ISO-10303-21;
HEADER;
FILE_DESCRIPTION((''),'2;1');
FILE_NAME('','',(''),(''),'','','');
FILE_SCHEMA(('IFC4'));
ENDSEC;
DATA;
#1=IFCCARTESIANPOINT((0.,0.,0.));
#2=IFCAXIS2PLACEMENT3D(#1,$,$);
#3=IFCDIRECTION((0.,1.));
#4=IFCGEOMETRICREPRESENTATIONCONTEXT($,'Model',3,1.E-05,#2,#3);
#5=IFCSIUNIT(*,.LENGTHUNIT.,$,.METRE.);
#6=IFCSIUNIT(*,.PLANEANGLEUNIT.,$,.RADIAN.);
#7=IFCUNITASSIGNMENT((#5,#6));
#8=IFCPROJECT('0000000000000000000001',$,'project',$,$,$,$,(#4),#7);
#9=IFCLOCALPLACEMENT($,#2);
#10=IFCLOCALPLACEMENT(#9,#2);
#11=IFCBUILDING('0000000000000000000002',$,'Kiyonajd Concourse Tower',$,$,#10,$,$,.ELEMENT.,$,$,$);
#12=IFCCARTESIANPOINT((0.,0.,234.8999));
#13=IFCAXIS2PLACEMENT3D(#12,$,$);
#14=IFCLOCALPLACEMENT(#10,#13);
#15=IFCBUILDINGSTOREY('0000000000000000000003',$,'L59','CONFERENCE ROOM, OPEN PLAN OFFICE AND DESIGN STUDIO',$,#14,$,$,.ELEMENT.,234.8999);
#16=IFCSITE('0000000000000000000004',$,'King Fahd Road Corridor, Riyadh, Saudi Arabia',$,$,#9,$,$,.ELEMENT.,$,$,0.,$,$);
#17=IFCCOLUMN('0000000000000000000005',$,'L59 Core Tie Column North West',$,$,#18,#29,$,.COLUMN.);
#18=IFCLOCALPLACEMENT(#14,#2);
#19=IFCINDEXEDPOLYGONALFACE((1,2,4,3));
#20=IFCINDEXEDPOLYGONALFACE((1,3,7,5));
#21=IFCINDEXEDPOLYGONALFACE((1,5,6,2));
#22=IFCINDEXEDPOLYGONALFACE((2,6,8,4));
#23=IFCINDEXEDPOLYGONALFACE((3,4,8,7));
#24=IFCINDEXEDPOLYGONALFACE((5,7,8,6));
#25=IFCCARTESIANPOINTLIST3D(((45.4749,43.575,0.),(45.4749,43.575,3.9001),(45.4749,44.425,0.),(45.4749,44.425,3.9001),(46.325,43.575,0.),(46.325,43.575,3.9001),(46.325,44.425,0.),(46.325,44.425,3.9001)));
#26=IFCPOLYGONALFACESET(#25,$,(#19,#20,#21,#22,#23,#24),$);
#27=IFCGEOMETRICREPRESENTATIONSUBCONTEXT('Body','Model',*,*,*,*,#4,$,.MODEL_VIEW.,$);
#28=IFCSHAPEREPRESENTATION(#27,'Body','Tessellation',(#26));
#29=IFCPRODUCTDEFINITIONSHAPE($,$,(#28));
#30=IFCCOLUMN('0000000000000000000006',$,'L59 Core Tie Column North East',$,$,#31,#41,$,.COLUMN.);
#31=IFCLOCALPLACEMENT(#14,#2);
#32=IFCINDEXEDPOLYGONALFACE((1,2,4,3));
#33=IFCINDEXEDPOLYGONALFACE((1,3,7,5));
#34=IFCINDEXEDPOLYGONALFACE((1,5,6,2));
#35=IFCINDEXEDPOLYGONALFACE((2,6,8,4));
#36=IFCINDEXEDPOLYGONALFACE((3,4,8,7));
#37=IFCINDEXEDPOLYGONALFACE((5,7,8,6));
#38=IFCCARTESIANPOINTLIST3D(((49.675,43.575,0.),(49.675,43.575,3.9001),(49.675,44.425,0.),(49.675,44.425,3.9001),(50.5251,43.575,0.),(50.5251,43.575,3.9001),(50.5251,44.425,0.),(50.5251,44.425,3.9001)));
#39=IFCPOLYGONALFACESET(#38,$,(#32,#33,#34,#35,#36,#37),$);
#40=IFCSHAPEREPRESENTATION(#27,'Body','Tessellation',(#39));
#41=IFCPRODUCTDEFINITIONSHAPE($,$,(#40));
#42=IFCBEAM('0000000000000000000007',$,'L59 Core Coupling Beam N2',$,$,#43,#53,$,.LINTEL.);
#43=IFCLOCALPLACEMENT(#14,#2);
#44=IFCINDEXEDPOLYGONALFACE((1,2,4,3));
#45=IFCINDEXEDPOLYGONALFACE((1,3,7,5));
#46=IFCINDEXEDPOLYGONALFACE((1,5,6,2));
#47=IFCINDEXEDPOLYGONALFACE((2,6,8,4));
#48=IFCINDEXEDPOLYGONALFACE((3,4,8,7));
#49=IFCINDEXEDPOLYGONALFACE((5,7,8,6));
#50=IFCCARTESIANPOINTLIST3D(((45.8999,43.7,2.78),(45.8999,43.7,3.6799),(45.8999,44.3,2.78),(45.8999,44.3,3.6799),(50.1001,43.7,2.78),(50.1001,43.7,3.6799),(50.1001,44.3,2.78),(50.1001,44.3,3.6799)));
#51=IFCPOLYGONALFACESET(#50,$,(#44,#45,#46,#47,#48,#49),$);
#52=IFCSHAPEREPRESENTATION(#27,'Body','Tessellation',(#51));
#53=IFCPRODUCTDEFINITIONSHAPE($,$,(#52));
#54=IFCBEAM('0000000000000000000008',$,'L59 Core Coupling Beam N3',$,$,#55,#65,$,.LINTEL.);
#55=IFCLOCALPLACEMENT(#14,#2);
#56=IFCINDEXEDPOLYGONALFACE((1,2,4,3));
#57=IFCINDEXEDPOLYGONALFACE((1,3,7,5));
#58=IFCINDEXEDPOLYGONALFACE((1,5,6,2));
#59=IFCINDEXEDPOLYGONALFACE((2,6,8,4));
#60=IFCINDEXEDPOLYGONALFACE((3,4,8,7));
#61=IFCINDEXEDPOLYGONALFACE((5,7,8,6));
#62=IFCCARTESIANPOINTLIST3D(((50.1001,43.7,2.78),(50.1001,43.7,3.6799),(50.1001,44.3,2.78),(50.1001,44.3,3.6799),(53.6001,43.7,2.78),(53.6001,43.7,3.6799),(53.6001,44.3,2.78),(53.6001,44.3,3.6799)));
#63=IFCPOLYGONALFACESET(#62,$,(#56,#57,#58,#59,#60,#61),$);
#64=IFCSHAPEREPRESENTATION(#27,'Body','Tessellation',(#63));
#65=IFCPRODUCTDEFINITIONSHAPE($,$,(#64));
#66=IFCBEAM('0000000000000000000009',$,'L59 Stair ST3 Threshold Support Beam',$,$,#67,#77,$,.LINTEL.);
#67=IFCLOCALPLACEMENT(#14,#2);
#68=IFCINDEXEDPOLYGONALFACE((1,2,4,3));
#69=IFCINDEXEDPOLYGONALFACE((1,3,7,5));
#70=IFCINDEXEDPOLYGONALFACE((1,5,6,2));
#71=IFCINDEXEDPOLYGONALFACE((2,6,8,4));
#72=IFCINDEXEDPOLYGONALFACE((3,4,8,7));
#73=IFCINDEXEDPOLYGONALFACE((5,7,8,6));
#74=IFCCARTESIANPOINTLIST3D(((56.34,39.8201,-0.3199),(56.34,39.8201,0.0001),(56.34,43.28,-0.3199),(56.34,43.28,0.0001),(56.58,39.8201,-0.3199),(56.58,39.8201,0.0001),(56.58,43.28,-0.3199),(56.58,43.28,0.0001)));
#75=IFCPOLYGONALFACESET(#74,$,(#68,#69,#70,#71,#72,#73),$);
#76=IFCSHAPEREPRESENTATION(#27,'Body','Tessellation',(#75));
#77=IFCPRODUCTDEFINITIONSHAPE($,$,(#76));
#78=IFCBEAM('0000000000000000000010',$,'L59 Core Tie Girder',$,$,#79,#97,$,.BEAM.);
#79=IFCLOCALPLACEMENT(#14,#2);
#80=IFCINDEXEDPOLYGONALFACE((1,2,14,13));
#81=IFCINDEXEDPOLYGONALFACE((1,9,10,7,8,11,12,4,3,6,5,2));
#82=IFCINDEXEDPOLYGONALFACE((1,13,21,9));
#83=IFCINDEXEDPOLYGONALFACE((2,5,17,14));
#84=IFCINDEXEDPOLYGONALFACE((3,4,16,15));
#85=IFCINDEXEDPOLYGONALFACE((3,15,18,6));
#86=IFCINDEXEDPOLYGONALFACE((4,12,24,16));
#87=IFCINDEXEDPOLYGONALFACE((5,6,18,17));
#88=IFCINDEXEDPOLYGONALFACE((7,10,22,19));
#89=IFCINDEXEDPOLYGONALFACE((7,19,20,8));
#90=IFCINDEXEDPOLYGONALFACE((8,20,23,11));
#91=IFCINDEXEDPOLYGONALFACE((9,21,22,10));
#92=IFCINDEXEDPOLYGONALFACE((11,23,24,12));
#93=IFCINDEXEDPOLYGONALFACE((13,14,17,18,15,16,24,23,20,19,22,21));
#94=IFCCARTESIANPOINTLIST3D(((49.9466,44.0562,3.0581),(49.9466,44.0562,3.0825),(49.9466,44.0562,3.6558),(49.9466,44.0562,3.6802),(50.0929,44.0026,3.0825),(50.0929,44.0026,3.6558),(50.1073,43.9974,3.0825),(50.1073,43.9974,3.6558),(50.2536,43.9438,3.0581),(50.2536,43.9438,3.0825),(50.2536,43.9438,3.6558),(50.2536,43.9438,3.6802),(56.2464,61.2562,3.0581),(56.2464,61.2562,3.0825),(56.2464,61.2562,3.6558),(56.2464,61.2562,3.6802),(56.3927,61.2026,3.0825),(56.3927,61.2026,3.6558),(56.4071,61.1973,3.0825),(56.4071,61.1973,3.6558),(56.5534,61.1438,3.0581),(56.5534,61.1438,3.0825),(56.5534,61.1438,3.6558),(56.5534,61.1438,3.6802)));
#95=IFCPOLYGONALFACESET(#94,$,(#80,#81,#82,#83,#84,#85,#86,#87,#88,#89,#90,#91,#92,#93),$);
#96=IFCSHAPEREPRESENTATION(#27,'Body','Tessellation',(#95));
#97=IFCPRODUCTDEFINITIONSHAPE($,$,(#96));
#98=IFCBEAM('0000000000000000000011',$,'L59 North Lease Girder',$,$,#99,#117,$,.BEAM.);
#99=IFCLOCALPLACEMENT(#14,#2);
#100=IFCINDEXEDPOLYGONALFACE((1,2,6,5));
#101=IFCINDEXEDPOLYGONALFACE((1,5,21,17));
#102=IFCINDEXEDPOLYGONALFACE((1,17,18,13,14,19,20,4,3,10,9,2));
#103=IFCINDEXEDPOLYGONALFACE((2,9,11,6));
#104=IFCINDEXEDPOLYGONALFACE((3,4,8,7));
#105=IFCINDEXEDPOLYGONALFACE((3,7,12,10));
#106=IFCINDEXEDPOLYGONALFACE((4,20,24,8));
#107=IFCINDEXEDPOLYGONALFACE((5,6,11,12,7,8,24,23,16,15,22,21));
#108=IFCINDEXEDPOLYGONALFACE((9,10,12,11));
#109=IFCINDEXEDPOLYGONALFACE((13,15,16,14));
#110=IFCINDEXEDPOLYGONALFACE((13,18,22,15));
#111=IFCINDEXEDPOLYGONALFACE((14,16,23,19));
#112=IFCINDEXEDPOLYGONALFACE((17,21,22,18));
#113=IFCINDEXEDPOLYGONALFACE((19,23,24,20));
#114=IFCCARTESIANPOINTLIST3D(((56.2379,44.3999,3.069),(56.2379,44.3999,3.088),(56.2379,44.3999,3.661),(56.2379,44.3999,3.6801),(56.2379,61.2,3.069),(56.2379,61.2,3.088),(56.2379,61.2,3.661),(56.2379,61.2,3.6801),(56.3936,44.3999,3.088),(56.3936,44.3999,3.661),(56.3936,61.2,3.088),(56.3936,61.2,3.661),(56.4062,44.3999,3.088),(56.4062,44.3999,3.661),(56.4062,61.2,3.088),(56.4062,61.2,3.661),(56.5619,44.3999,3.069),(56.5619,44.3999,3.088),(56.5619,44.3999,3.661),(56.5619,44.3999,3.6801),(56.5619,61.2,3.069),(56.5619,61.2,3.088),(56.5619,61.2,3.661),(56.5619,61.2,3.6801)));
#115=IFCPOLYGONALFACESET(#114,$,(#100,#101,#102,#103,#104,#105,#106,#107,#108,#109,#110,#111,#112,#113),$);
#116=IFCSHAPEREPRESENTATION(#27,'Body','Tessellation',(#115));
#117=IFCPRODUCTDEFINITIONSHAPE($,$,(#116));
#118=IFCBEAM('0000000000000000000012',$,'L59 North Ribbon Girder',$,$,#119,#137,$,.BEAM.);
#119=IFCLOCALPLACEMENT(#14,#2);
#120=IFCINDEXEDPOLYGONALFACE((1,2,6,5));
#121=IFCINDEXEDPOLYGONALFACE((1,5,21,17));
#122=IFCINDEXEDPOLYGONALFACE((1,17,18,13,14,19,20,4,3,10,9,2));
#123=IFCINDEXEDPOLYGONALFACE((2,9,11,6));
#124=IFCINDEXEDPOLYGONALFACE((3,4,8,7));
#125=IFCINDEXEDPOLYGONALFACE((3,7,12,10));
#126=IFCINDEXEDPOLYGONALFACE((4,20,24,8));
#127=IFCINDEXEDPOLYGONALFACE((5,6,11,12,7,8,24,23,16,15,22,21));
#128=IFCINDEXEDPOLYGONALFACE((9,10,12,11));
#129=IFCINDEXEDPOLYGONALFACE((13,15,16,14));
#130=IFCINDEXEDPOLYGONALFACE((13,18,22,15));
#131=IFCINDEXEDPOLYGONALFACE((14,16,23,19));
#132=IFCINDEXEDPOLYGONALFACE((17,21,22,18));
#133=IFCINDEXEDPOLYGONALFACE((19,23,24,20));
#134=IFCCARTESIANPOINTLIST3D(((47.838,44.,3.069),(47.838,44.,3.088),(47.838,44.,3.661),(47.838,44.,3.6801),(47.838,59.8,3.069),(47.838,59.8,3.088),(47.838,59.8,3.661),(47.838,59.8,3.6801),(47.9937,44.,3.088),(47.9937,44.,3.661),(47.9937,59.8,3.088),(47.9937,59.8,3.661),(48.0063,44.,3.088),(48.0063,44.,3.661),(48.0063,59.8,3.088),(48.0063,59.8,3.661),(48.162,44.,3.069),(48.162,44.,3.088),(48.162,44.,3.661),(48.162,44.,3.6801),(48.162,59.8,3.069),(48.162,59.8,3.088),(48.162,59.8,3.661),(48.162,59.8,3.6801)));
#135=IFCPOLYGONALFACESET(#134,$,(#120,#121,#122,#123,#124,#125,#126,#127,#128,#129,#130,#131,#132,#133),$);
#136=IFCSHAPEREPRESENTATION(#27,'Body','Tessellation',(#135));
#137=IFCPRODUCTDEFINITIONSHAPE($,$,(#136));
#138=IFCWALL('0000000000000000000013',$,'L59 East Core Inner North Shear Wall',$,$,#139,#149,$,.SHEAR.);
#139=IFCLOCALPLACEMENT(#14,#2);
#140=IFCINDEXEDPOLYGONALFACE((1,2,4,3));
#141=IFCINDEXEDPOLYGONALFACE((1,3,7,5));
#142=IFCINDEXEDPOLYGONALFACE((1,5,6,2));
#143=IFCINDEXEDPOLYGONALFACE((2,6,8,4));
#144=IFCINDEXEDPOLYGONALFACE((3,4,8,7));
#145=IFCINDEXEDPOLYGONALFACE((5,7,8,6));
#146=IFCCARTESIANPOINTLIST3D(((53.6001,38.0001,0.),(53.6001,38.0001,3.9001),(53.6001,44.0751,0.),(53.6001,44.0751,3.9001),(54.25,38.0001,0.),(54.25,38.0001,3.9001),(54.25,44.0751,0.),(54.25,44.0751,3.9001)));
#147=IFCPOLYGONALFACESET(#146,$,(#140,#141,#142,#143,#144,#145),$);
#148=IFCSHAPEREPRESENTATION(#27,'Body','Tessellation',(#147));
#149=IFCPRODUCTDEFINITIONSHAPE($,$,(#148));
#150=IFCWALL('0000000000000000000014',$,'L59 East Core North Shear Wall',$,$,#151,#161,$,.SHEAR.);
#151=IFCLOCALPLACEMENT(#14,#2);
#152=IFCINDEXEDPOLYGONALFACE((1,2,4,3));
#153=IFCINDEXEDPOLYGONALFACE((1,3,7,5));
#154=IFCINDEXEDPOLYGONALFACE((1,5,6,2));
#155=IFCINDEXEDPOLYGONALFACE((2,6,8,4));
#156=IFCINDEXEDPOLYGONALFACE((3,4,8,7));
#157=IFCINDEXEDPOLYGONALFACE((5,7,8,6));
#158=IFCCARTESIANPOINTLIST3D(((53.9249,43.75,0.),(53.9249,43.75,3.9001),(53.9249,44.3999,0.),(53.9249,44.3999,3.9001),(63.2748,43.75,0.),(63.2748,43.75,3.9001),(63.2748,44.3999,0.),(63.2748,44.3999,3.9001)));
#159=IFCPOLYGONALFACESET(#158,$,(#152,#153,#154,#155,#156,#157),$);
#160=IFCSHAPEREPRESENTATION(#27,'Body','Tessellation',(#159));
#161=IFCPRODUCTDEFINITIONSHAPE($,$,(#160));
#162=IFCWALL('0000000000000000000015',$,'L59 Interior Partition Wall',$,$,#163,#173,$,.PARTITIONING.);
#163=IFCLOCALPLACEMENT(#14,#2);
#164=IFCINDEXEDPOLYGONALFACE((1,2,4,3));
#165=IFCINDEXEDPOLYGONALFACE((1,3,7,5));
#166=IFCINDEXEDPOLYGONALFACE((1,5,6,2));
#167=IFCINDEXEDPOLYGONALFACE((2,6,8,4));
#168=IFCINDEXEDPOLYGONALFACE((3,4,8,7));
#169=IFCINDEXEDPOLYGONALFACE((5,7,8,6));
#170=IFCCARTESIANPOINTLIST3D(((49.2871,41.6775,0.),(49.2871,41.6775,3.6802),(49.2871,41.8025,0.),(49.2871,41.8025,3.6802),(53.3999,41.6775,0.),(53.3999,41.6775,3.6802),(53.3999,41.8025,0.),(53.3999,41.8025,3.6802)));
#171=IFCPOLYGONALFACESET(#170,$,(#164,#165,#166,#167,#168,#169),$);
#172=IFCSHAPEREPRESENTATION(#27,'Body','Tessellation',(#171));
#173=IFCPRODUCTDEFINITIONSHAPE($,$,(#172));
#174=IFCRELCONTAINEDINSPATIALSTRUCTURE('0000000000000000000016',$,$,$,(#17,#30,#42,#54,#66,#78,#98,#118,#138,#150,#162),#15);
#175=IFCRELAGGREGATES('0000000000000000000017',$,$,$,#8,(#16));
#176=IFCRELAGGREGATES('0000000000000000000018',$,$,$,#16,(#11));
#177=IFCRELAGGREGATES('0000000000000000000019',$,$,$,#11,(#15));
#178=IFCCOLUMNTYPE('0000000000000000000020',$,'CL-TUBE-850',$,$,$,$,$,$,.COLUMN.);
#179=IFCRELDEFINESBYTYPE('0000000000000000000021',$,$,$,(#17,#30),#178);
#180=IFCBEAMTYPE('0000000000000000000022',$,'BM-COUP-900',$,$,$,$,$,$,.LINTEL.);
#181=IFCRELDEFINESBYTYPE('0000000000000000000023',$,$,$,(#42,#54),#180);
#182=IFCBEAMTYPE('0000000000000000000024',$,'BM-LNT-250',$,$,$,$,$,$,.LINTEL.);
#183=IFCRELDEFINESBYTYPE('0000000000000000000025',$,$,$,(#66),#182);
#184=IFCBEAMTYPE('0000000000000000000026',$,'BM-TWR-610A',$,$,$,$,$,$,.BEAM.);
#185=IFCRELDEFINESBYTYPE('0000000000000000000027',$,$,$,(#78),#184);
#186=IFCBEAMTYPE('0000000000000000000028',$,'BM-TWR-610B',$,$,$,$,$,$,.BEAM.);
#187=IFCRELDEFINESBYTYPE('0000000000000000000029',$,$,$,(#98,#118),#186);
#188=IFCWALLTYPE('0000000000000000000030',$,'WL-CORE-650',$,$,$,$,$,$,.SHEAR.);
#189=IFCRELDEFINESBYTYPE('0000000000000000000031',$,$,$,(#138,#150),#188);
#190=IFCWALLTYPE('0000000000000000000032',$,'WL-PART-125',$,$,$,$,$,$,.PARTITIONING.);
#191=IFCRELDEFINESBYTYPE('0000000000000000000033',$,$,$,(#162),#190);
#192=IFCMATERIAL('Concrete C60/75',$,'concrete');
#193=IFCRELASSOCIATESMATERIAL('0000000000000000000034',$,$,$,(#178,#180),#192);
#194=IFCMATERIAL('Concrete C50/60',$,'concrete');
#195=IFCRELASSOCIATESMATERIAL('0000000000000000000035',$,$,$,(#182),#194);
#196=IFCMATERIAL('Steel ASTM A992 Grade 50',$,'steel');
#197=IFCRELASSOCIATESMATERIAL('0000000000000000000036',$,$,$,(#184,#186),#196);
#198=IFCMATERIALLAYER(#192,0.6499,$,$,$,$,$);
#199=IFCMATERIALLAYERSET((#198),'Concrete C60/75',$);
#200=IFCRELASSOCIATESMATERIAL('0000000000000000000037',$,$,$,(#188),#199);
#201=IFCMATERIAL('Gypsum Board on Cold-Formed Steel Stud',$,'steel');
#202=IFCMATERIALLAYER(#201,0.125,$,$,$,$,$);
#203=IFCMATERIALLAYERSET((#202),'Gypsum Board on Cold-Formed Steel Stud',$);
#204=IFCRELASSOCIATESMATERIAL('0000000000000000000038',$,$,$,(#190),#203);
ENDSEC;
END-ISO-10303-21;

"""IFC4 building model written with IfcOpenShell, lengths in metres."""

from ifc_helpers import new_model, si_unit, direction, frame, frame_2d, origin, origin_2d, place, context, subcontext, project, spatial, rectangle, i_section, extrude, material, layer, layer_set, material_profile, profile_set, type_object, element, save


model = new_model("IFC4")

# Units and contexts
model_context = context("Model", 3, precision=1e-05, world=origin(), true_north=direction((0.0, 1.0)))
body_context = subcontext(model_context, "Body", "Model", "MODEL_VIEW")
ifc_project = project(units=[si_unit("LENGTHUNIT", "METRE"), si_unit("PLANEANGLEUNIT", "RADIAN")], contexts=[model_context])

# Site, building, storey
site_placement = place(None, origin())
site = spatial("IfcSite", under=ifc_project, at=site_placement, Name="King Fahd Road Corridor, Riyadh, Saudi Arabia", CompositionType="ELEMENT", RefElevation=0.0)
building_placement = place(site_placement, origin())
building = spatial("IfcBuilding", under=site, at=building_placement, Name="Kiyonajd Concourse Tower", CompositionType="ELEMENT")
storey_placement = place(building_placement, frame((0.0, 0.0, 234.8999)))
storey = spatial("IfcBuildingStorey", under=building, at=storey_placement, Name="L59", Description="CONFERENCE ROOM, OPEN PLAN OFFICE AND DESIGN STUDIO", CompositionType="ELEMENT", Elevation=234.8999)

# Columns
ifc_material_1 = material(Name="Concrete C60/75", Category="concrete")
ifc_material_profile_1 = material_profile(ifc_material_1, rectangle(XDim=0.8501, YDim=0.8501, at=origin_2d()), Name="RC-850x850")
ifc_profile_set_1 = profile_set([ifc_material_profile_1], Name="Concrete C60/75")
column_type = type_object("IfcColumnType", Name="CL-TUBE-850", PredefinedType="COLUMN", material=ifc_profile_set_1)
for number, where, z_axis, x_axis, name in (
    (1, (45.8999, 44.0, 0.0), (0.0, 0.0, 1.0), (1.0, 0.0, 0.0), "L59 Core Tie Column North West"),
    (2, (50.1001, 44.0, 0.0), (0.0, 0.0, 1.0), (1.0, 0.0, 0.0), "L59 Core Tie Column North East"),
):
    element("IfcColumn", number, at=place(storey_placement, frame(where, z_axis=z_axis, x_axis=x_axis)), inside=storey, type_object=column_type, Name=name, PredefinedType="COLUMN", context=body_context, shape_type="SweptSolid", body=[
        extrude(rectangle(XDim=0.8501, YDim=0.8501, at=origin_2d()), origin(), (0.0, 0.0, 1.0), 3.9001),
    ])

# Beams
ifc_material_profile_2 = material_profile(ifc_material_1, rectangle(XDim=0.6001, YDim=0.8999, at=origin_2d()), Name="RCBM-600x900")
ifc_profile_set_2 = profile_set([ifc_material_profile_2], Name="Concrete C60/75")
beam_type_1 = type_object("IfcBeamType", Name="BM-COUP-900", PredefinedType="LINTEL", material=ifc_profile_set_2)
beam_1_placement = place(storey_placement, frame((45.8999, 44.0, 3.23), z_axis=(1.0, 0.0, 0.0), x_axis=(0.0, 1.0, 0.0)))
element("IfcBeam", 3, at=beam_1_placement, inside=storey, type_object=beam_type_1, Name="L59 Core Coupling Beam N2", PredefinedType="LINTEL", context=body_context, shape_type="SweptSolid", body=[
    extrude(rectangle(XDim=0.6001, YDim=0.8999, at=origin_2d()), origin(), (0.0, 0.0, 1.0), 4.2002),
])
beam_2_placement = place(storey_placement, frame((50.1001, 44.0, 3.23), z_axis=(1.0, 0.0, 0.0), x_axis=(0.0, 1.0, 0.0)))
element("IfcBeam", 4, at=beam_2_placement, inside=storey, type_object=beam_type_1, Name="L59 Core Coupling Beam N3", PredefinedType="LINTEL", context=body_context, shape_type="SweptSolid", body=[
    extrude(rectangle(XDim=0.6001, YDim=0.8999, at=origin_2d()), origin(), (0.0, 0.0, 1.0), 3.5),
])
ifc_material_2 = material(Name="Concrete C50/60", Category="concrete")
ifc_material_profile_3 = material_profile(ifc_material_2, rectangle(XDim=0.24, YDim=0.3201, at=origin_2d()), Name="RCBM-240x320")
ifc_profile_set_3 = profile_set([ifc_material_profile_3], Name="Concrete C50/60")
beam_type_2 = type_object("IfcBeamType", Name="BM-LNT-250", PredefinedType="LINTEL", material=ifc_profile_set_3)
beam_3_placement = place(storey_placement, frame((56.46, 39.8201, -0.1599), z_axis=(0.0, 1.0, 0.0), x_axis=(-1.0, 0.0, 0.0)))
element("IfcBeam", 5, at=beam_3_placement, inside=storey, type_object=beam_type_2, Name="L59 Stair ST3 Threshold Support Beam", PredefinedType="LINTEL", context=body_context, shape_type="SweptSolid", body=[
    extrude(rectangle(XDim=0.24, YDim=0.3201, at=origin_2d()), origin(), (0.0, 0.0, 1.0), 3.46),
])
ifc_material_3 = material(Name="Steel ASTM A992 Grade 50", Category="steel")
ifc_material_profile_4 = material_profile(ifc_material_3, i_section(OverallWidth=0.3269, OverallDepth=0.6221, WebThickness=0.0154, FlangeThickness=0.0244, at=origin_2d()), Name="W610X195")
ifc_profile_set_4 = profile_set([ifc_material_profile_4], Name="Steel ASTM A992 Grade 50")
beam_type_3 = type_object("IfcBeamType", Name="BM-TWR-610A", PredefinedType="BEAM", material=ifc_profile_set_4)
beam_4_placement = place(storey_placement, frame((50.1001, 44.0, 3.3691), z_axis=(0.343925, 0.938997, 0.0), x_axis=(-0.938997, 0.343925, 0.0)))
element("IfcBeam", 6, at=beam_4_placement, inside=storey, type_object=beam_type_3, Name="L59 Core Tie Girder", PredefinedType="BEAM", context=body_context, shape_type="SweptSolid", body=[
    extrude(i_section(OverallWidth=0.3269, OverallDepth=0.6221, WebThickness=0.0154, FlangeThickness=0.0244, at=origin_2d()), origin(), (0.0, 0.0, 1.0), 18.3174),
])
ifc_material_profile_5 = material_profile(ifc_material_3, i_section(OverallWidth=0.324, OverallDepth=0.6111, WebThickness=0.0127, FlangeThickness=0.019, at=origin_2d()), Name="W610X155")
ifc_profile_set_5 = profile_set([ifc_material_profile_5], Name="Steel ASTM A992 Grade 50")
beam_type_4 = type_object("IfcBeamType", Name="BM-TWR-610B", PredefinedType="BEAM", material=ifc_profile_set_5)
beam_5_placement = place(storey_placement, frame((56.3999, 44.3999, 3.3745), z_axis=(0.0, 1.0, 0.0), x_axis=(-1.0, 0.0, 0.0)))
element("IfcBeam", 7, at=beam_5_placement, inside=storey, type_object=beam_type_4, Name="L59 North Lease Girder", PredefinedType="BEAM", context=body_context, shape_type="SweptSolid", body=[
    extrude(i_section(OverallWidth=0.324, OverallDepth=0.6111, WebThickness=0.0127, FlangeThickness=0.019, at=origin_2d()), origin(), (0.0, 0.0, 1.0), 16.8),
])
beam_6_placement = place(storey_placement, frame((48.0, 44.0, 3.3745), z_axis=(0.0, 1.0, 0.0), x_axis=(-1.0, 0.0, 0.0)))
element("IfcBeam", 8, at=beam_6_placement, inside=storey, type_object=beam_type_4, Name="L59 North Ribbon Girder", PredefinedType="BEAM", context=body_context, shape_type="SweptSolid", body=[
    extrude(i_section(OverallWidth=0.324, OverallDepth=0.6111, WebThickness=0.0127, FlangeThickness=0.019, at=origin_2d()), origin(), (0.0, 0.0, 1.0), 15.8),
])

# Walls
ifc_layer_1 = layer(ifc_material_1, 0.6499)
ifc_layer_set_1 = layer_set([ifc_layer_1], Name="Concrete C60/75")
wall_type_1 = type_object("IfcWallType", Name="WL-CORE-650", PredefinedType="SHEAR", material=ifc_layer_set_1)
wall_1_placement = place(storey_placement, frame((53.925, 38.0, 0.0), z_axis=(0.0, 0.0, 1.0), x_axis=(0.0, 1.0, 0.0)))
element("IfcWall", 9, at=wall_1_placement, inside=storey, type_object=wall_type_1, Name="L59 East Core Inner North Shear Wall", PredefinedType="SHEAR", context=body_context, shape_type="SweptSolid", body=[
    extrude(rectangle(XDim=6.075, YDim=0.6499, at=frame_2d((3.0376, 0.0))), origin(), (0.0, 0.0, 1.0), 3.9001),
])
wall_2_placement = place(storey_placement, frame((53.925, 44.075, 0.0), z_axis=(0.0, 0.0, 1.0), x_axis=(1.0, 0.0, 0.0)))
element("IfcWall", 10, at=wall_2_placement, inside=storey, type_object=wall_type_1, Name="L59 East Core North Shear Wall", PredefinedType="SHEAR", context=body_context, shape_type="SweptSolid", body=[
    extrude(rectangle(XDim=9.3499, YDim=0.6499, at=frame_2d((4.6748, 0.0))), origin(), (0.0, 0.0, 1.0), 3.9001),
])
ifc_material_4 = material(Name="Gypsum Board on Cold-Formed Steel Stud", Category="steel")
ifc_layer_2 = layer(ifc_material_4, 0.125)
ifc_layer_set_2 = layer_set([ifc_layer_2], Name="Gypsum Board on Cold-Formed Steel Stud")
wall_type_2 = type_object("IfcWallType", Name="WL-PART-125", PredefinedType="PARTITIONING", material=ifc_layer_set_2)
wall_3_placement = place(storey_placement, frame((49.2871, 41.74, 0.0), z_axis=(0.0, 0.0, 1.0), x_axis=(1.0, 0.0, 0.0)))
element("IfcWall", 11, at=wall_3_placement, inside=storey, type_object=wall_type_2, Name="L59 Interior Partition Wall", PredefinedType="PARTITIONING", context=body_context, shape_type="SweptSolid", body=[
    extrude(rectangle(XDim=4.1128, YDim=0.125, at=frame_2d((2.0564, 0.0))), origin(), (0.0, 0.0, 1.0), 3.6802),
])

save(model, "model.ifc")
